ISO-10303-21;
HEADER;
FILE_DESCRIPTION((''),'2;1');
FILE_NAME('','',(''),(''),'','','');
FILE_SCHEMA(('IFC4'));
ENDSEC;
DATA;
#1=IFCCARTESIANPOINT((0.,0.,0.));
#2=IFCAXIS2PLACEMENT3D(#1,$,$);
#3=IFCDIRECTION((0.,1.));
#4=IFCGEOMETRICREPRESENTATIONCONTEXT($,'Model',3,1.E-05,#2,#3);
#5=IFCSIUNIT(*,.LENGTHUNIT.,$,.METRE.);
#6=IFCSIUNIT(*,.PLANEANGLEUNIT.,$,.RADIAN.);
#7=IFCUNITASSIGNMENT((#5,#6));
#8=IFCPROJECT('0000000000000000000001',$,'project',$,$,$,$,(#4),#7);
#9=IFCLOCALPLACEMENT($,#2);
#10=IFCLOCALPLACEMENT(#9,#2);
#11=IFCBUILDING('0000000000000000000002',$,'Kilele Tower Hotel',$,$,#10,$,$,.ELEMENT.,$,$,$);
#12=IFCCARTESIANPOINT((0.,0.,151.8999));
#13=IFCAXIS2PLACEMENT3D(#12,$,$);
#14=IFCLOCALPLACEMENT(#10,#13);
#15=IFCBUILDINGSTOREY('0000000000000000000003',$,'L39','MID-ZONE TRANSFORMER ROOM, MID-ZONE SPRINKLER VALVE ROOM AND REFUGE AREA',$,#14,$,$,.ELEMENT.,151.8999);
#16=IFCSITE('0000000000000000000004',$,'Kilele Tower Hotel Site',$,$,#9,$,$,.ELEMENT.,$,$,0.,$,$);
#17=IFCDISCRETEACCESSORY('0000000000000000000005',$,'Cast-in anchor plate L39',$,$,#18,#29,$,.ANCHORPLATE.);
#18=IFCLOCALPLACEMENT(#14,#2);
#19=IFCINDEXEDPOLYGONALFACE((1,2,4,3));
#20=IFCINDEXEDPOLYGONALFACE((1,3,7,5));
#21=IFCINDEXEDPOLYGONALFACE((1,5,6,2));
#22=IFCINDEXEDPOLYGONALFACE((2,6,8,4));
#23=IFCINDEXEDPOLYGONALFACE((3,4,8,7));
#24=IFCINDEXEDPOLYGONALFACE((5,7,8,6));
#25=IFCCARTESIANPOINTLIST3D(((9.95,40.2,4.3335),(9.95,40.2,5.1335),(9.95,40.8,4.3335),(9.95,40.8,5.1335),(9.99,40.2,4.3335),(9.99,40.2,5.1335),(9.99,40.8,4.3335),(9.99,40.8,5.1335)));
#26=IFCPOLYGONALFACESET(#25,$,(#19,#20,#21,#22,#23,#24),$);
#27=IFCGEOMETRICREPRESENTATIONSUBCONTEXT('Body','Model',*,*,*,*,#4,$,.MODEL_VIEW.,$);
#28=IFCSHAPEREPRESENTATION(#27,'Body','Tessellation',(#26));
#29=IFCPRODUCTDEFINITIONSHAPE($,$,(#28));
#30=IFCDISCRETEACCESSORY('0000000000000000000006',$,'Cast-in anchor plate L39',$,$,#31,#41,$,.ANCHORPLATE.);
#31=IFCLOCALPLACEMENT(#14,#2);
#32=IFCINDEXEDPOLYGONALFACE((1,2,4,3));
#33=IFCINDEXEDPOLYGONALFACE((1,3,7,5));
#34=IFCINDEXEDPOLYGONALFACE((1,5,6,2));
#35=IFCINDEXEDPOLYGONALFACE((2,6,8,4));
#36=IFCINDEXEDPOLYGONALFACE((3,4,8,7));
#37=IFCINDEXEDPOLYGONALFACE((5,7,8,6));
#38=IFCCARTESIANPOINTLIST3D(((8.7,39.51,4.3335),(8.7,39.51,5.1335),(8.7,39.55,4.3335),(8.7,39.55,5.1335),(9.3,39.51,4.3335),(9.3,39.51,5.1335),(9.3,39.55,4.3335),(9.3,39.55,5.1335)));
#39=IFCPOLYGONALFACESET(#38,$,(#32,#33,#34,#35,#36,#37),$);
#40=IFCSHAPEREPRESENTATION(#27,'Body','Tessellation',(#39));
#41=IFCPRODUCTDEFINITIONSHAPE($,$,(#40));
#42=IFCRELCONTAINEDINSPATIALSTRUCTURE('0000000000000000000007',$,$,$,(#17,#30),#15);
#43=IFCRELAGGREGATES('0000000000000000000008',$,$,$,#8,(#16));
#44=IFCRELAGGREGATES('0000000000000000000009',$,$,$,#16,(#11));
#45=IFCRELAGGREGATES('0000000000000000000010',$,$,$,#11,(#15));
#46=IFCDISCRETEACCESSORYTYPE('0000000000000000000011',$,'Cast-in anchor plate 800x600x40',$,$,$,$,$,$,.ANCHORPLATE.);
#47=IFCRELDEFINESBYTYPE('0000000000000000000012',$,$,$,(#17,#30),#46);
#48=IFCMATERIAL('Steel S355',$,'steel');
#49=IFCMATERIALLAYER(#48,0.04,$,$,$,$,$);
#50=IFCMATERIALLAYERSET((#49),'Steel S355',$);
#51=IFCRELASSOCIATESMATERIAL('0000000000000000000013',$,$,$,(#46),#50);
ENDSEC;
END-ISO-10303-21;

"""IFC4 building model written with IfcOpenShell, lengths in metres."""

from ifc_helpers import new_model, si_unit, direction, frame, origin, place, context, subcontext, project, spatial, polyline, outline, extrude, source, transform, mapped, material, layer, layer_set, type_object, element, save


model = new_model("IFC4")

# Units and contexts
model_context = context("Model", 3, precision=1e-05, world=origin(), true_north=direction((0.0, 1.0)))
body_context = subcontext(model_context, "Body", "Model", "MODEL_VIEW")
ifc_project = project(units=[si_unit("LENGTHUNIT", "METRE"), si_unit("PLANEANGLEUNIT", "RADIAN")], contexts=[model_context])

# Site, building, storey
site_placement = place(None, origin())
site = spatial("IfcSite", under=ifc_project, at=site_placement, Name="Kilele Tower Hotel Site", CompositionType="ELEMENT", RefElevation=0.0)
building_placement = place(site_placement, origin())
building = spatial("IfcBuilding", under=site, at=building_placement, Name="Kilele Tower Hotel", CompositionType="ELEMENT")
storey_placement = place(building_placement, frame((0.0, 0.0, 151.8999)))
storey = spatial("IfcBuildingStorey", under=building, at=storey_placement, Name="L39", Description="MID-ZONE TRANSFORMER ROOM, MID-ZONE SPRINKLER VALVE ROOM AND REFUGE AREA", CompositionType="ELEMENT", Elevation=151.8999)

# Discrete accessories
ifc_material_1 = material(Name="Steel S355", Category="steel")
ifc_layer_1 = layer(ifc_material_1, 0.04)
ifc_layer_set_1 = layer_set([ifc_layer_1], Name="Steel S355")
discrete_accessory_type_1 = type_object("IfcDiscreteAccessoryType", Name="Cast-in anchor plate 800x600x40", PredefinedType="ANCHORPLATE", material=ifc_layer_set_1)
shared_shape_1 = source(origin(), body_context, "Body", "SweptSolid", [
    extrude(outline(polyline([(0.0, 0.0), (0.04, 0.0), (0.04, 0.8), (0.0, 0.8), (0.0, 0.0)])), origin(), (0.0, 0.0, 1.0), 0.6001),
])
for number, where, z_axis, x_axis, name in (
    (1, (9.95, 40.8, 4.3335), (0.0, -1.0, 0.0), (1.0, 0.0, 0.0), "Cast-in anchor plate L39"),
    (2, (9.3, 39.55, 4.3335), (-1.0, 0.0, 0.0), (0.0, -1.0, 0.0), "Cast-in anchor plate L39"),
):
    element("IfcDiscreteAccessory", number, at=place(storey_placement, frame(where, z_axis=z_axis, x_axis=x_axis)), inside=storey, type_object=discrete_accessory_type_1, Name=name, PredefinedType="ANCHORPLATE", context=body_context, shape_type="MappedRepresentation", body=[
        mapped(shared_shape_1, transform((0.0, 0.0, 0.0))),
    ])

save(model, "model.ifc")
